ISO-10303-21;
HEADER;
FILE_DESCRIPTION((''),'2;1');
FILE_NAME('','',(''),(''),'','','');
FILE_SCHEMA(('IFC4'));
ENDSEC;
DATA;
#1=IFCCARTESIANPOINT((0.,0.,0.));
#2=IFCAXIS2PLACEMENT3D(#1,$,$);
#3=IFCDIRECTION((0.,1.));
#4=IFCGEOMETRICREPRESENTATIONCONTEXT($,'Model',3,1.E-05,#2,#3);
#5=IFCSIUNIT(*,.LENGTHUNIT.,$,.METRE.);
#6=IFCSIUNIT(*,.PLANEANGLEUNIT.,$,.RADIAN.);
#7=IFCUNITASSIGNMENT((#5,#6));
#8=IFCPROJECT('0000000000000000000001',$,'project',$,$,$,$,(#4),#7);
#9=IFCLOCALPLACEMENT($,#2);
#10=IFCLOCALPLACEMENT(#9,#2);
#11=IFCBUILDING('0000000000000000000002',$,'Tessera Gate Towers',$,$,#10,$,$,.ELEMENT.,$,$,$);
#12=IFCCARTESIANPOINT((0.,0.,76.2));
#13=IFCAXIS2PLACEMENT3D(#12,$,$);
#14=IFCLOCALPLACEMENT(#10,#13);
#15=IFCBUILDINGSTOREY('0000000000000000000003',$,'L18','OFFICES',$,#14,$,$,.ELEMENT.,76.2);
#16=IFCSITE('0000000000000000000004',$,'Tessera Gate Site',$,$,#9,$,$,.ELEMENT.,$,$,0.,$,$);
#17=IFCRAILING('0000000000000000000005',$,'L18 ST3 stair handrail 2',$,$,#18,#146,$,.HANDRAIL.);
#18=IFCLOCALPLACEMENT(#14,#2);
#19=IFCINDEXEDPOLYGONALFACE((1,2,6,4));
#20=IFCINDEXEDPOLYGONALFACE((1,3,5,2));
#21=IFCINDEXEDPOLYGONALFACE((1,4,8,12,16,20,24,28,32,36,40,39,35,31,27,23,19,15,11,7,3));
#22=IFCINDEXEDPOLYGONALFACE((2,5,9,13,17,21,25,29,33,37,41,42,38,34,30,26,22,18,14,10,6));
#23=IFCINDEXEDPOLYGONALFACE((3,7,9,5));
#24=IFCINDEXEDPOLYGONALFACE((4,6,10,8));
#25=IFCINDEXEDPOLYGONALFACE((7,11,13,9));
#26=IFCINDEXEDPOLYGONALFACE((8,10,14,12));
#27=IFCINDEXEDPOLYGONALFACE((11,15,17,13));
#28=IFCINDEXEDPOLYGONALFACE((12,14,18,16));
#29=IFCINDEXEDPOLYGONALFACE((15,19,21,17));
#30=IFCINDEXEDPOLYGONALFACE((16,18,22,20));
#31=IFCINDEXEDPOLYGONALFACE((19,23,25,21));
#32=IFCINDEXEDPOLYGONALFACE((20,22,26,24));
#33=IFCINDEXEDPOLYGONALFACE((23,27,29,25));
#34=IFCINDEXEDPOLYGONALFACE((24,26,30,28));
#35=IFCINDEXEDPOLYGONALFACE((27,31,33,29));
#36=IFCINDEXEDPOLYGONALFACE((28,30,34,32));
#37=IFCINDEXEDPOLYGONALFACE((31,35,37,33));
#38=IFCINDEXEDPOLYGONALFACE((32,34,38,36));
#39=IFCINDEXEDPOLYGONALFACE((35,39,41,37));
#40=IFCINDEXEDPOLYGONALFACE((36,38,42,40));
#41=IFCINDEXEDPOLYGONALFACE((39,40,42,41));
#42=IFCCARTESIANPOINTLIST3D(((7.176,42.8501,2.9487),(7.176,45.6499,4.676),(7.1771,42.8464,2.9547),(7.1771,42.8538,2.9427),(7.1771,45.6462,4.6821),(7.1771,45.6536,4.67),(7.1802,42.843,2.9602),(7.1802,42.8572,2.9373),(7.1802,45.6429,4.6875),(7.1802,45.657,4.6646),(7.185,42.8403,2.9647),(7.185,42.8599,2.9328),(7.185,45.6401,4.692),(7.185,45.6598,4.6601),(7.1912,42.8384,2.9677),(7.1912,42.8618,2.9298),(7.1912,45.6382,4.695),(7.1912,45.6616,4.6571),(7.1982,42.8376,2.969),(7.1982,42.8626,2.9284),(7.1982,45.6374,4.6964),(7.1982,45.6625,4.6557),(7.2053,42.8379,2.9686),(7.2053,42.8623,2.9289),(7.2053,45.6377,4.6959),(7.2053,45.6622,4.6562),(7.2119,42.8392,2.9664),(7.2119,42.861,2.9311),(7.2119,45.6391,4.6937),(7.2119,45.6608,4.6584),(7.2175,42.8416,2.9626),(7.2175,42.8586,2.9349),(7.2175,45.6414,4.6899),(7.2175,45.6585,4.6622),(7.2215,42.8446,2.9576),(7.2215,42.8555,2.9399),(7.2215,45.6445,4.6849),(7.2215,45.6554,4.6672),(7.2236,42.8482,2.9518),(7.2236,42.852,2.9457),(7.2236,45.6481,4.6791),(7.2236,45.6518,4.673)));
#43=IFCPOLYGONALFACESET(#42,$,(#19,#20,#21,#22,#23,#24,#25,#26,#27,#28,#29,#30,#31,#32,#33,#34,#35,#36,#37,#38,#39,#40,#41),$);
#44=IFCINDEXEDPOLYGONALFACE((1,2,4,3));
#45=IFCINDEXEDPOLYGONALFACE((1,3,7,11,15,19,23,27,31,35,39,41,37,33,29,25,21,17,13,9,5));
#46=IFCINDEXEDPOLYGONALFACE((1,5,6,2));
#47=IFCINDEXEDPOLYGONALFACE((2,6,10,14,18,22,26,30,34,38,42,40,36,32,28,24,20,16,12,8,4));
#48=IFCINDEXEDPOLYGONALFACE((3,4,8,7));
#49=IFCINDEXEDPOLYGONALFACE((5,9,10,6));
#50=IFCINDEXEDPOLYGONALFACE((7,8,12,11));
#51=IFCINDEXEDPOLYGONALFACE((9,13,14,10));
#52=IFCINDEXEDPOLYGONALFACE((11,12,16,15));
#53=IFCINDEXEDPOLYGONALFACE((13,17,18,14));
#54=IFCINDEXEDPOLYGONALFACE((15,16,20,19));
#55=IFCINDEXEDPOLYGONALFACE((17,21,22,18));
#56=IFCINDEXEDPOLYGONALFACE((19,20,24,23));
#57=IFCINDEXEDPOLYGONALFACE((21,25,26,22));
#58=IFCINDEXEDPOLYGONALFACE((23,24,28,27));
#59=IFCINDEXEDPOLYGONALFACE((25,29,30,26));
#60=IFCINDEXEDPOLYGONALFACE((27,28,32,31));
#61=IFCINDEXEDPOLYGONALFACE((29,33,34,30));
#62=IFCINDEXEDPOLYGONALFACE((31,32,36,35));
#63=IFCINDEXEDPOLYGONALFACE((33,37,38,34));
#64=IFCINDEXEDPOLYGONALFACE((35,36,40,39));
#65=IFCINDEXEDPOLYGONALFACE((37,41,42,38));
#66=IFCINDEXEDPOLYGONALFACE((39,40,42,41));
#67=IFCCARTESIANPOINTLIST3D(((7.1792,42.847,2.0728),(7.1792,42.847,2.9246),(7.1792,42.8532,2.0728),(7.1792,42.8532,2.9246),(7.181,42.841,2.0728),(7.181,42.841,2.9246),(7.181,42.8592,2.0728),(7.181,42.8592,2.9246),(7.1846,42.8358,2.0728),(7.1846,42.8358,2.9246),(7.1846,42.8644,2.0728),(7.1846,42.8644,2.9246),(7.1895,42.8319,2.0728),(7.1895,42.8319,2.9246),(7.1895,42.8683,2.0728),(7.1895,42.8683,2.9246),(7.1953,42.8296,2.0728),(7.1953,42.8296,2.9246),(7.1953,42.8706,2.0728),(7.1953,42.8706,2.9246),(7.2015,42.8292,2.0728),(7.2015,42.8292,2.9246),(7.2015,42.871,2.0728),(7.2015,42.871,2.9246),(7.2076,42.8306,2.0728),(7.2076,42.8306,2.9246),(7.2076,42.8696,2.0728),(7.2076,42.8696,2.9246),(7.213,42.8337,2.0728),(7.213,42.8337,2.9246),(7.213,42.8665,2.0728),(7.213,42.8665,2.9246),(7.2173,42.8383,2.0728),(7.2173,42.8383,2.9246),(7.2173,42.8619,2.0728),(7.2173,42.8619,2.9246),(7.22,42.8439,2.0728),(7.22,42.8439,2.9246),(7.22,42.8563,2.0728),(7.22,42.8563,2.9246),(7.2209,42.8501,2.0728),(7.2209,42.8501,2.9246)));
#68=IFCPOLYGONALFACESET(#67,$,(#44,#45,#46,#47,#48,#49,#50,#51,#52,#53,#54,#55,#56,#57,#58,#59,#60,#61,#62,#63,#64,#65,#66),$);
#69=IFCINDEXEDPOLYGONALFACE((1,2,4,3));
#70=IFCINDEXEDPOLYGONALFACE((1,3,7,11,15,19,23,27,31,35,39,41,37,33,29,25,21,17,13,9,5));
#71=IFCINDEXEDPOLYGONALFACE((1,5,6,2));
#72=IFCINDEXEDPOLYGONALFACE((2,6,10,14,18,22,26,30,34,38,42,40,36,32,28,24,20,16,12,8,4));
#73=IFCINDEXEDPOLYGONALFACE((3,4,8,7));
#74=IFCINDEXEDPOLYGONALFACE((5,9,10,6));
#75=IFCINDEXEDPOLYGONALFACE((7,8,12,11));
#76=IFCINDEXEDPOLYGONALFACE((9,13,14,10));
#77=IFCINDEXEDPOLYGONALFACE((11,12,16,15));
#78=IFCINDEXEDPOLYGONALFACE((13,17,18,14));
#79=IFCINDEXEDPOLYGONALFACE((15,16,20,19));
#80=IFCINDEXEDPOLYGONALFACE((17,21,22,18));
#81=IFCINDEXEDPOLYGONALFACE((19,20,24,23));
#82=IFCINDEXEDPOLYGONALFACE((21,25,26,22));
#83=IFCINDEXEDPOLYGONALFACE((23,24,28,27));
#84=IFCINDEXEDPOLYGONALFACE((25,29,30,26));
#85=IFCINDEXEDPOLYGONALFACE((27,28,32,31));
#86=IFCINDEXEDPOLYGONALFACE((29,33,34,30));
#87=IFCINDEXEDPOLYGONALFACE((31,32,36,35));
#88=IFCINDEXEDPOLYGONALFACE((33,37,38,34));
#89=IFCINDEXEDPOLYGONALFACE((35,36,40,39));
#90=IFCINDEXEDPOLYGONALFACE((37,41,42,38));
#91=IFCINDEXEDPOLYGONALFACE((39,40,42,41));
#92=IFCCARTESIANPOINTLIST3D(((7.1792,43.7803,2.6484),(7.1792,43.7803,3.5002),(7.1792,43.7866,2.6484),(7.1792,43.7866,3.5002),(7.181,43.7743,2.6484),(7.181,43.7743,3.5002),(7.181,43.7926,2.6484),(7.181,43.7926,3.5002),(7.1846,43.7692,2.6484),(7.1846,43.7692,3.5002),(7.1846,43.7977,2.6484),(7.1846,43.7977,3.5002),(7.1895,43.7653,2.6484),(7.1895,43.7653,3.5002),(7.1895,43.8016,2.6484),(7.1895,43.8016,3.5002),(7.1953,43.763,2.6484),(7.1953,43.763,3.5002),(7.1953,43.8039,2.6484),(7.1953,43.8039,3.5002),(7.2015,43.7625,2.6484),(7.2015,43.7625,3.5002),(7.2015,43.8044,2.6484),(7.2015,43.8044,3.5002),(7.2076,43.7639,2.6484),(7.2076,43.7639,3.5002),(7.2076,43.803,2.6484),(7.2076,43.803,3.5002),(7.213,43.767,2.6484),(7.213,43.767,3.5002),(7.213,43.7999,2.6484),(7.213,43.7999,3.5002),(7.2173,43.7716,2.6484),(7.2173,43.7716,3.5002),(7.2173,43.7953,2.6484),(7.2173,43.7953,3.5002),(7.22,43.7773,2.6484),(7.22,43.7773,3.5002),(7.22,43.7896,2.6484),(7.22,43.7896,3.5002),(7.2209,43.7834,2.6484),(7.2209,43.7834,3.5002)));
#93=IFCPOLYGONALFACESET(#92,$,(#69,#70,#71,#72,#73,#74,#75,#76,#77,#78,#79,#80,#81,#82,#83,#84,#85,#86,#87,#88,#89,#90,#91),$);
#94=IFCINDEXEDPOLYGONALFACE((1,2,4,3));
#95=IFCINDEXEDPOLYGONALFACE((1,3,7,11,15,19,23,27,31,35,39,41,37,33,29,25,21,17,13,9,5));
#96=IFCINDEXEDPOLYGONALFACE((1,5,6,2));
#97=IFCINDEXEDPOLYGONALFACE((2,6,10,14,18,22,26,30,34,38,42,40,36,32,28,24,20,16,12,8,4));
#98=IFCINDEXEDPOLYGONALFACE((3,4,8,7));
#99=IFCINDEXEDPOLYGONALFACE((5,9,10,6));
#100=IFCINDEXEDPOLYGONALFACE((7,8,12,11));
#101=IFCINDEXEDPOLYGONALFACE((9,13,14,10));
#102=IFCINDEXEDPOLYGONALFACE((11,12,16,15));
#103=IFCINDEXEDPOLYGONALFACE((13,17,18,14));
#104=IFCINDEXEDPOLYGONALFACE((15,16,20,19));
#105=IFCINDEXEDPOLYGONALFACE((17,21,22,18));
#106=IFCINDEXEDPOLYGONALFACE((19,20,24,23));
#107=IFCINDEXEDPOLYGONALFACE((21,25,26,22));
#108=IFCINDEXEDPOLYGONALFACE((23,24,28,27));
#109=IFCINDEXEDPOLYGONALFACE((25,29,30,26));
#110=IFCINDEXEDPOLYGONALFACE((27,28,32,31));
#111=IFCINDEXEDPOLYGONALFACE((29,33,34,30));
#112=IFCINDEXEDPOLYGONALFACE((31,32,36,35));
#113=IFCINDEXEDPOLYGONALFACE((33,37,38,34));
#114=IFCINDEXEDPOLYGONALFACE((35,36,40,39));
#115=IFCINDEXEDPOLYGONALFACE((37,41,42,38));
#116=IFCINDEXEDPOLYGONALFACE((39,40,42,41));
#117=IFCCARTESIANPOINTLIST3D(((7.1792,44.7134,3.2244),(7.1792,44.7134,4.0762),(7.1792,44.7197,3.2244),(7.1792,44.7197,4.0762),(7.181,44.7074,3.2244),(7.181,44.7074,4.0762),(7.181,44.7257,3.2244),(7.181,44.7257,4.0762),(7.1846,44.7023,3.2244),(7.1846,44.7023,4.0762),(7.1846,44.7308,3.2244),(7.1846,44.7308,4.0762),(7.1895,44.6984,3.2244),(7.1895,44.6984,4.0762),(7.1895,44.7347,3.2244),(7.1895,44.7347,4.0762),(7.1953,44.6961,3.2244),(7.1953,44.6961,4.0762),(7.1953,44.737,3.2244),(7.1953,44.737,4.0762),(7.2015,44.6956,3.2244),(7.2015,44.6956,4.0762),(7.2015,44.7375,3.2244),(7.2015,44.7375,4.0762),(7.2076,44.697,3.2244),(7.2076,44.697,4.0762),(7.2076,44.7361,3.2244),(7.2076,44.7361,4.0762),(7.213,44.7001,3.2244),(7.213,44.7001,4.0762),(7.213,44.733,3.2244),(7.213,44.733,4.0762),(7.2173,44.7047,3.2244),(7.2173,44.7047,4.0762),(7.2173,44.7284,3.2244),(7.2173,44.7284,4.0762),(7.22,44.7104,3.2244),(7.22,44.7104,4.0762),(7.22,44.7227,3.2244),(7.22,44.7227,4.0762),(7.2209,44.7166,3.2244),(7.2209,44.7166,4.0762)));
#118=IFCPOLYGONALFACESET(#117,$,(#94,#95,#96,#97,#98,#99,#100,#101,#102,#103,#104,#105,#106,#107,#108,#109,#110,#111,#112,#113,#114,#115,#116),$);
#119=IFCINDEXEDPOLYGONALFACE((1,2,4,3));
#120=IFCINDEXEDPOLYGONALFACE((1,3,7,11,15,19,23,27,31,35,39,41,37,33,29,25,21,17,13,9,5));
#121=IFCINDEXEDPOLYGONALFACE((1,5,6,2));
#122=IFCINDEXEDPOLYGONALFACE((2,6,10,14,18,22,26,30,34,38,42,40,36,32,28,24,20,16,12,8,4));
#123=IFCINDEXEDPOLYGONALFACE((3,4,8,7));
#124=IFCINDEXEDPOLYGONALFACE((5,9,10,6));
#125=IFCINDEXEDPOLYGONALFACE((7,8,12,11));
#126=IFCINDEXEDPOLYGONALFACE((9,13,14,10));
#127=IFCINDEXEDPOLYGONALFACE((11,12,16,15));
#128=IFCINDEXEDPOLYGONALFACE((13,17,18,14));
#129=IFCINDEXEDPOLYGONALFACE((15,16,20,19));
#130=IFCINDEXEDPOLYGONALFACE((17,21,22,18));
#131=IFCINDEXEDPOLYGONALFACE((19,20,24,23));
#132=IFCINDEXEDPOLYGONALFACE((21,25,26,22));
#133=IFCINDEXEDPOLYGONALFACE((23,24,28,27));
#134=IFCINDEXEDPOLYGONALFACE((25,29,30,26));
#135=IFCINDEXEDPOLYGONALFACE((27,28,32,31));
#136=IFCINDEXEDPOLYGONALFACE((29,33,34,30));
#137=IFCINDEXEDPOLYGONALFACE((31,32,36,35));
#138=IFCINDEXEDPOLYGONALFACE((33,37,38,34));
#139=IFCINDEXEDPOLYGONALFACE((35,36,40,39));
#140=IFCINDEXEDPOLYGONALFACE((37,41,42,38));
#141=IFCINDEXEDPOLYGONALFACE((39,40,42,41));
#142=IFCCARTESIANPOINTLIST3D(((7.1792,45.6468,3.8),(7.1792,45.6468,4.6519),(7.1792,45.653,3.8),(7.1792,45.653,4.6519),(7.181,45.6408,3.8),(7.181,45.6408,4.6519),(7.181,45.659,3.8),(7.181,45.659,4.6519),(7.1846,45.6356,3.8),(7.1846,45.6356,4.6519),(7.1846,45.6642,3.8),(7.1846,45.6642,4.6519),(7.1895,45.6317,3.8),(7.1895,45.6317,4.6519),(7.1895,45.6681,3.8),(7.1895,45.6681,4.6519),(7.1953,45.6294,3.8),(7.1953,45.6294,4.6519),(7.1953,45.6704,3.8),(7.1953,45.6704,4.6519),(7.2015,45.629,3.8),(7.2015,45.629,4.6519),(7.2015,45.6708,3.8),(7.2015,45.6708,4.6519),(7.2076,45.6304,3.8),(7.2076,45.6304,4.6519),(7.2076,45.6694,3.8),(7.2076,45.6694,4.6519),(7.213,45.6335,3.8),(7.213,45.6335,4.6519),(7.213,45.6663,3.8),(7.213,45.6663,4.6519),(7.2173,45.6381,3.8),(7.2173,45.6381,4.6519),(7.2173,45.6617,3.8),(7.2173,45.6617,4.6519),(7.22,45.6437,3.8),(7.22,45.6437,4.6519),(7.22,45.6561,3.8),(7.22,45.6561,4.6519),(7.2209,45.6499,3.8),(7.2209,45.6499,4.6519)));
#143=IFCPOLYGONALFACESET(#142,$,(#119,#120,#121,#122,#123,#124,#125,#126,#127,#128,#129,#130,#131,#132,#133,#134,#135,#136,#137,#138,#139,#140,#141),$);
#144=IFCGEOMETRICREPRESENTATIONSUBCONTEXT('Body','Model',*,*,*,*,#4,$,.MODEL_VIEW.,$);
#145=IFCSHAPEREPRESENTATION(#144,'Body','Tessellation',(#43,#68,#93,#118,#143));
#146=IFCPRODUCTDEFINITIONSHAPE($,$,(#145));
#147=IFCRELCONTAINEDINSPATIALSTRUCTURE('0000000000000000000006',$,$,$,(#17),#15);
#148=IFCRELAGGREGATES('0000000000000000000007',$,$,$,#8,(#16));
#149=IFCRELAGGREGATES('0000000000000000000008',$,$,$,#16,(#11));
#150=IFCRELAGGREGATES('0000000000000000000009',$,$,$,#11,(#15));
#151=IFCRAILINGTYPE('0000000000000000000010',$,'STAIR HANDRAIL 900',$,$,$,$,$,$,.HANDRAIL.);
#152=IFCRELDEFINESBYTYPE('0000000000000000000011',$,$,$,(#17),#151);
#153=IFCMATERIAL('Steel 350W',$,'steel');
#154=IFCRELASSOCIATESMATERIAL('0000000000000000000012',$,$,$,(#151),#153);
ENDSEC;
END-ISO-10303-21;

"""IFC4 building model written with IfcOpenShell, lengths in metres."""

from ifc_helpers import new_model, si_unit, direction, frame, origin, origin_2d, place, context, subcontext, project, spatial, circle, extrude, material, type_object, element, save


model = new_model("IFC4")

# Units and contexts
model_context = context("Model", 3, precision=1e-05, world=origin(), true_north=direction((0.0, 1.0)))
body_context = subcontext(model_context, "Body", "Model", "MODEL_VIEW")
ifc_project = project(units=[si_unit("LENGTHUNIT", "METRE"), si_unit("PLANEANGLEUNIT", "RADIAN")], contexts=[model_context])

# Site, building, storey
site_placement = place(None, origin())
site = spatial("IfcSite", under=ifc_project, at=site_placement, Name="Tessera Gate Site", CompositionType="ELEMENT", RefElevation=0.0)
building_placement = place(site_placement, origin())
building = spatial("IfcBuilding", under=site, at=building_placement, Name="Tessera Gate Towers", CompositionType="ELEMENT")
storey_placement = place(building_placement, frame((0.0, 0.0, 76.2)))
storey = spatial("IfcBuildingStorey", under=building, at=storey_placement, Name="L18", Description="OFFICES", CompositionType="ELEMENT", Elevation=76.2)

# Railing
ifc_material_1 = material(Name="Steel 350W", Category="steel")
railing_type_1 = type_object("IfcRailingType", Name="STAIR HANDRAIL 900", PredefinedType="HANDRAIL", material=ifc_material_1)
railing_1_placement = place(storey_placement, frame((7.2, 42.8501, 2.0728)))
element("IfcRailing", 1, at=railing_1_placement, inside=storey, type_object=railing_type_1, Name="L18 ST3 stair handrail 2", PredefinedType="HANDRAIL", context=body_context, shape_type="SweptSolid", body=[
    extrude(circle(Radius=0.0239, at=origin_2d()), frame((0.0, 0.0, 0.876), z_axis=(0.0, 0.851069, 0.525054), x_axis=(-1.0, 0.0, 0.0)), (0.0, 0.0, 1.0), 3.2898),
    extrude(circle(Radius=0.021, at=origin_2d()), origin(), (0.0, 0.0, 1.0), 0.8518),
    extrude(circle(Radius=0.021, at=origin_2d()), frame((0.0, 0.9333, 0.5757)), (0.0, 0.0, 1.0), 0.8518),
    extrude(circle(Radius=0.021, at=origin_2d()), frame((0.0, 1.8665, 1.1516)), (0.0, 0.0, 1.0), 0.8518),
    extrude(circle(Radius=0.021, at=origin_2d()), frame((0.0, 2.7998, 1.7273)), (0.0, 0.0, 1.0), 0.8518),
])

save(model, "model.ifc")
